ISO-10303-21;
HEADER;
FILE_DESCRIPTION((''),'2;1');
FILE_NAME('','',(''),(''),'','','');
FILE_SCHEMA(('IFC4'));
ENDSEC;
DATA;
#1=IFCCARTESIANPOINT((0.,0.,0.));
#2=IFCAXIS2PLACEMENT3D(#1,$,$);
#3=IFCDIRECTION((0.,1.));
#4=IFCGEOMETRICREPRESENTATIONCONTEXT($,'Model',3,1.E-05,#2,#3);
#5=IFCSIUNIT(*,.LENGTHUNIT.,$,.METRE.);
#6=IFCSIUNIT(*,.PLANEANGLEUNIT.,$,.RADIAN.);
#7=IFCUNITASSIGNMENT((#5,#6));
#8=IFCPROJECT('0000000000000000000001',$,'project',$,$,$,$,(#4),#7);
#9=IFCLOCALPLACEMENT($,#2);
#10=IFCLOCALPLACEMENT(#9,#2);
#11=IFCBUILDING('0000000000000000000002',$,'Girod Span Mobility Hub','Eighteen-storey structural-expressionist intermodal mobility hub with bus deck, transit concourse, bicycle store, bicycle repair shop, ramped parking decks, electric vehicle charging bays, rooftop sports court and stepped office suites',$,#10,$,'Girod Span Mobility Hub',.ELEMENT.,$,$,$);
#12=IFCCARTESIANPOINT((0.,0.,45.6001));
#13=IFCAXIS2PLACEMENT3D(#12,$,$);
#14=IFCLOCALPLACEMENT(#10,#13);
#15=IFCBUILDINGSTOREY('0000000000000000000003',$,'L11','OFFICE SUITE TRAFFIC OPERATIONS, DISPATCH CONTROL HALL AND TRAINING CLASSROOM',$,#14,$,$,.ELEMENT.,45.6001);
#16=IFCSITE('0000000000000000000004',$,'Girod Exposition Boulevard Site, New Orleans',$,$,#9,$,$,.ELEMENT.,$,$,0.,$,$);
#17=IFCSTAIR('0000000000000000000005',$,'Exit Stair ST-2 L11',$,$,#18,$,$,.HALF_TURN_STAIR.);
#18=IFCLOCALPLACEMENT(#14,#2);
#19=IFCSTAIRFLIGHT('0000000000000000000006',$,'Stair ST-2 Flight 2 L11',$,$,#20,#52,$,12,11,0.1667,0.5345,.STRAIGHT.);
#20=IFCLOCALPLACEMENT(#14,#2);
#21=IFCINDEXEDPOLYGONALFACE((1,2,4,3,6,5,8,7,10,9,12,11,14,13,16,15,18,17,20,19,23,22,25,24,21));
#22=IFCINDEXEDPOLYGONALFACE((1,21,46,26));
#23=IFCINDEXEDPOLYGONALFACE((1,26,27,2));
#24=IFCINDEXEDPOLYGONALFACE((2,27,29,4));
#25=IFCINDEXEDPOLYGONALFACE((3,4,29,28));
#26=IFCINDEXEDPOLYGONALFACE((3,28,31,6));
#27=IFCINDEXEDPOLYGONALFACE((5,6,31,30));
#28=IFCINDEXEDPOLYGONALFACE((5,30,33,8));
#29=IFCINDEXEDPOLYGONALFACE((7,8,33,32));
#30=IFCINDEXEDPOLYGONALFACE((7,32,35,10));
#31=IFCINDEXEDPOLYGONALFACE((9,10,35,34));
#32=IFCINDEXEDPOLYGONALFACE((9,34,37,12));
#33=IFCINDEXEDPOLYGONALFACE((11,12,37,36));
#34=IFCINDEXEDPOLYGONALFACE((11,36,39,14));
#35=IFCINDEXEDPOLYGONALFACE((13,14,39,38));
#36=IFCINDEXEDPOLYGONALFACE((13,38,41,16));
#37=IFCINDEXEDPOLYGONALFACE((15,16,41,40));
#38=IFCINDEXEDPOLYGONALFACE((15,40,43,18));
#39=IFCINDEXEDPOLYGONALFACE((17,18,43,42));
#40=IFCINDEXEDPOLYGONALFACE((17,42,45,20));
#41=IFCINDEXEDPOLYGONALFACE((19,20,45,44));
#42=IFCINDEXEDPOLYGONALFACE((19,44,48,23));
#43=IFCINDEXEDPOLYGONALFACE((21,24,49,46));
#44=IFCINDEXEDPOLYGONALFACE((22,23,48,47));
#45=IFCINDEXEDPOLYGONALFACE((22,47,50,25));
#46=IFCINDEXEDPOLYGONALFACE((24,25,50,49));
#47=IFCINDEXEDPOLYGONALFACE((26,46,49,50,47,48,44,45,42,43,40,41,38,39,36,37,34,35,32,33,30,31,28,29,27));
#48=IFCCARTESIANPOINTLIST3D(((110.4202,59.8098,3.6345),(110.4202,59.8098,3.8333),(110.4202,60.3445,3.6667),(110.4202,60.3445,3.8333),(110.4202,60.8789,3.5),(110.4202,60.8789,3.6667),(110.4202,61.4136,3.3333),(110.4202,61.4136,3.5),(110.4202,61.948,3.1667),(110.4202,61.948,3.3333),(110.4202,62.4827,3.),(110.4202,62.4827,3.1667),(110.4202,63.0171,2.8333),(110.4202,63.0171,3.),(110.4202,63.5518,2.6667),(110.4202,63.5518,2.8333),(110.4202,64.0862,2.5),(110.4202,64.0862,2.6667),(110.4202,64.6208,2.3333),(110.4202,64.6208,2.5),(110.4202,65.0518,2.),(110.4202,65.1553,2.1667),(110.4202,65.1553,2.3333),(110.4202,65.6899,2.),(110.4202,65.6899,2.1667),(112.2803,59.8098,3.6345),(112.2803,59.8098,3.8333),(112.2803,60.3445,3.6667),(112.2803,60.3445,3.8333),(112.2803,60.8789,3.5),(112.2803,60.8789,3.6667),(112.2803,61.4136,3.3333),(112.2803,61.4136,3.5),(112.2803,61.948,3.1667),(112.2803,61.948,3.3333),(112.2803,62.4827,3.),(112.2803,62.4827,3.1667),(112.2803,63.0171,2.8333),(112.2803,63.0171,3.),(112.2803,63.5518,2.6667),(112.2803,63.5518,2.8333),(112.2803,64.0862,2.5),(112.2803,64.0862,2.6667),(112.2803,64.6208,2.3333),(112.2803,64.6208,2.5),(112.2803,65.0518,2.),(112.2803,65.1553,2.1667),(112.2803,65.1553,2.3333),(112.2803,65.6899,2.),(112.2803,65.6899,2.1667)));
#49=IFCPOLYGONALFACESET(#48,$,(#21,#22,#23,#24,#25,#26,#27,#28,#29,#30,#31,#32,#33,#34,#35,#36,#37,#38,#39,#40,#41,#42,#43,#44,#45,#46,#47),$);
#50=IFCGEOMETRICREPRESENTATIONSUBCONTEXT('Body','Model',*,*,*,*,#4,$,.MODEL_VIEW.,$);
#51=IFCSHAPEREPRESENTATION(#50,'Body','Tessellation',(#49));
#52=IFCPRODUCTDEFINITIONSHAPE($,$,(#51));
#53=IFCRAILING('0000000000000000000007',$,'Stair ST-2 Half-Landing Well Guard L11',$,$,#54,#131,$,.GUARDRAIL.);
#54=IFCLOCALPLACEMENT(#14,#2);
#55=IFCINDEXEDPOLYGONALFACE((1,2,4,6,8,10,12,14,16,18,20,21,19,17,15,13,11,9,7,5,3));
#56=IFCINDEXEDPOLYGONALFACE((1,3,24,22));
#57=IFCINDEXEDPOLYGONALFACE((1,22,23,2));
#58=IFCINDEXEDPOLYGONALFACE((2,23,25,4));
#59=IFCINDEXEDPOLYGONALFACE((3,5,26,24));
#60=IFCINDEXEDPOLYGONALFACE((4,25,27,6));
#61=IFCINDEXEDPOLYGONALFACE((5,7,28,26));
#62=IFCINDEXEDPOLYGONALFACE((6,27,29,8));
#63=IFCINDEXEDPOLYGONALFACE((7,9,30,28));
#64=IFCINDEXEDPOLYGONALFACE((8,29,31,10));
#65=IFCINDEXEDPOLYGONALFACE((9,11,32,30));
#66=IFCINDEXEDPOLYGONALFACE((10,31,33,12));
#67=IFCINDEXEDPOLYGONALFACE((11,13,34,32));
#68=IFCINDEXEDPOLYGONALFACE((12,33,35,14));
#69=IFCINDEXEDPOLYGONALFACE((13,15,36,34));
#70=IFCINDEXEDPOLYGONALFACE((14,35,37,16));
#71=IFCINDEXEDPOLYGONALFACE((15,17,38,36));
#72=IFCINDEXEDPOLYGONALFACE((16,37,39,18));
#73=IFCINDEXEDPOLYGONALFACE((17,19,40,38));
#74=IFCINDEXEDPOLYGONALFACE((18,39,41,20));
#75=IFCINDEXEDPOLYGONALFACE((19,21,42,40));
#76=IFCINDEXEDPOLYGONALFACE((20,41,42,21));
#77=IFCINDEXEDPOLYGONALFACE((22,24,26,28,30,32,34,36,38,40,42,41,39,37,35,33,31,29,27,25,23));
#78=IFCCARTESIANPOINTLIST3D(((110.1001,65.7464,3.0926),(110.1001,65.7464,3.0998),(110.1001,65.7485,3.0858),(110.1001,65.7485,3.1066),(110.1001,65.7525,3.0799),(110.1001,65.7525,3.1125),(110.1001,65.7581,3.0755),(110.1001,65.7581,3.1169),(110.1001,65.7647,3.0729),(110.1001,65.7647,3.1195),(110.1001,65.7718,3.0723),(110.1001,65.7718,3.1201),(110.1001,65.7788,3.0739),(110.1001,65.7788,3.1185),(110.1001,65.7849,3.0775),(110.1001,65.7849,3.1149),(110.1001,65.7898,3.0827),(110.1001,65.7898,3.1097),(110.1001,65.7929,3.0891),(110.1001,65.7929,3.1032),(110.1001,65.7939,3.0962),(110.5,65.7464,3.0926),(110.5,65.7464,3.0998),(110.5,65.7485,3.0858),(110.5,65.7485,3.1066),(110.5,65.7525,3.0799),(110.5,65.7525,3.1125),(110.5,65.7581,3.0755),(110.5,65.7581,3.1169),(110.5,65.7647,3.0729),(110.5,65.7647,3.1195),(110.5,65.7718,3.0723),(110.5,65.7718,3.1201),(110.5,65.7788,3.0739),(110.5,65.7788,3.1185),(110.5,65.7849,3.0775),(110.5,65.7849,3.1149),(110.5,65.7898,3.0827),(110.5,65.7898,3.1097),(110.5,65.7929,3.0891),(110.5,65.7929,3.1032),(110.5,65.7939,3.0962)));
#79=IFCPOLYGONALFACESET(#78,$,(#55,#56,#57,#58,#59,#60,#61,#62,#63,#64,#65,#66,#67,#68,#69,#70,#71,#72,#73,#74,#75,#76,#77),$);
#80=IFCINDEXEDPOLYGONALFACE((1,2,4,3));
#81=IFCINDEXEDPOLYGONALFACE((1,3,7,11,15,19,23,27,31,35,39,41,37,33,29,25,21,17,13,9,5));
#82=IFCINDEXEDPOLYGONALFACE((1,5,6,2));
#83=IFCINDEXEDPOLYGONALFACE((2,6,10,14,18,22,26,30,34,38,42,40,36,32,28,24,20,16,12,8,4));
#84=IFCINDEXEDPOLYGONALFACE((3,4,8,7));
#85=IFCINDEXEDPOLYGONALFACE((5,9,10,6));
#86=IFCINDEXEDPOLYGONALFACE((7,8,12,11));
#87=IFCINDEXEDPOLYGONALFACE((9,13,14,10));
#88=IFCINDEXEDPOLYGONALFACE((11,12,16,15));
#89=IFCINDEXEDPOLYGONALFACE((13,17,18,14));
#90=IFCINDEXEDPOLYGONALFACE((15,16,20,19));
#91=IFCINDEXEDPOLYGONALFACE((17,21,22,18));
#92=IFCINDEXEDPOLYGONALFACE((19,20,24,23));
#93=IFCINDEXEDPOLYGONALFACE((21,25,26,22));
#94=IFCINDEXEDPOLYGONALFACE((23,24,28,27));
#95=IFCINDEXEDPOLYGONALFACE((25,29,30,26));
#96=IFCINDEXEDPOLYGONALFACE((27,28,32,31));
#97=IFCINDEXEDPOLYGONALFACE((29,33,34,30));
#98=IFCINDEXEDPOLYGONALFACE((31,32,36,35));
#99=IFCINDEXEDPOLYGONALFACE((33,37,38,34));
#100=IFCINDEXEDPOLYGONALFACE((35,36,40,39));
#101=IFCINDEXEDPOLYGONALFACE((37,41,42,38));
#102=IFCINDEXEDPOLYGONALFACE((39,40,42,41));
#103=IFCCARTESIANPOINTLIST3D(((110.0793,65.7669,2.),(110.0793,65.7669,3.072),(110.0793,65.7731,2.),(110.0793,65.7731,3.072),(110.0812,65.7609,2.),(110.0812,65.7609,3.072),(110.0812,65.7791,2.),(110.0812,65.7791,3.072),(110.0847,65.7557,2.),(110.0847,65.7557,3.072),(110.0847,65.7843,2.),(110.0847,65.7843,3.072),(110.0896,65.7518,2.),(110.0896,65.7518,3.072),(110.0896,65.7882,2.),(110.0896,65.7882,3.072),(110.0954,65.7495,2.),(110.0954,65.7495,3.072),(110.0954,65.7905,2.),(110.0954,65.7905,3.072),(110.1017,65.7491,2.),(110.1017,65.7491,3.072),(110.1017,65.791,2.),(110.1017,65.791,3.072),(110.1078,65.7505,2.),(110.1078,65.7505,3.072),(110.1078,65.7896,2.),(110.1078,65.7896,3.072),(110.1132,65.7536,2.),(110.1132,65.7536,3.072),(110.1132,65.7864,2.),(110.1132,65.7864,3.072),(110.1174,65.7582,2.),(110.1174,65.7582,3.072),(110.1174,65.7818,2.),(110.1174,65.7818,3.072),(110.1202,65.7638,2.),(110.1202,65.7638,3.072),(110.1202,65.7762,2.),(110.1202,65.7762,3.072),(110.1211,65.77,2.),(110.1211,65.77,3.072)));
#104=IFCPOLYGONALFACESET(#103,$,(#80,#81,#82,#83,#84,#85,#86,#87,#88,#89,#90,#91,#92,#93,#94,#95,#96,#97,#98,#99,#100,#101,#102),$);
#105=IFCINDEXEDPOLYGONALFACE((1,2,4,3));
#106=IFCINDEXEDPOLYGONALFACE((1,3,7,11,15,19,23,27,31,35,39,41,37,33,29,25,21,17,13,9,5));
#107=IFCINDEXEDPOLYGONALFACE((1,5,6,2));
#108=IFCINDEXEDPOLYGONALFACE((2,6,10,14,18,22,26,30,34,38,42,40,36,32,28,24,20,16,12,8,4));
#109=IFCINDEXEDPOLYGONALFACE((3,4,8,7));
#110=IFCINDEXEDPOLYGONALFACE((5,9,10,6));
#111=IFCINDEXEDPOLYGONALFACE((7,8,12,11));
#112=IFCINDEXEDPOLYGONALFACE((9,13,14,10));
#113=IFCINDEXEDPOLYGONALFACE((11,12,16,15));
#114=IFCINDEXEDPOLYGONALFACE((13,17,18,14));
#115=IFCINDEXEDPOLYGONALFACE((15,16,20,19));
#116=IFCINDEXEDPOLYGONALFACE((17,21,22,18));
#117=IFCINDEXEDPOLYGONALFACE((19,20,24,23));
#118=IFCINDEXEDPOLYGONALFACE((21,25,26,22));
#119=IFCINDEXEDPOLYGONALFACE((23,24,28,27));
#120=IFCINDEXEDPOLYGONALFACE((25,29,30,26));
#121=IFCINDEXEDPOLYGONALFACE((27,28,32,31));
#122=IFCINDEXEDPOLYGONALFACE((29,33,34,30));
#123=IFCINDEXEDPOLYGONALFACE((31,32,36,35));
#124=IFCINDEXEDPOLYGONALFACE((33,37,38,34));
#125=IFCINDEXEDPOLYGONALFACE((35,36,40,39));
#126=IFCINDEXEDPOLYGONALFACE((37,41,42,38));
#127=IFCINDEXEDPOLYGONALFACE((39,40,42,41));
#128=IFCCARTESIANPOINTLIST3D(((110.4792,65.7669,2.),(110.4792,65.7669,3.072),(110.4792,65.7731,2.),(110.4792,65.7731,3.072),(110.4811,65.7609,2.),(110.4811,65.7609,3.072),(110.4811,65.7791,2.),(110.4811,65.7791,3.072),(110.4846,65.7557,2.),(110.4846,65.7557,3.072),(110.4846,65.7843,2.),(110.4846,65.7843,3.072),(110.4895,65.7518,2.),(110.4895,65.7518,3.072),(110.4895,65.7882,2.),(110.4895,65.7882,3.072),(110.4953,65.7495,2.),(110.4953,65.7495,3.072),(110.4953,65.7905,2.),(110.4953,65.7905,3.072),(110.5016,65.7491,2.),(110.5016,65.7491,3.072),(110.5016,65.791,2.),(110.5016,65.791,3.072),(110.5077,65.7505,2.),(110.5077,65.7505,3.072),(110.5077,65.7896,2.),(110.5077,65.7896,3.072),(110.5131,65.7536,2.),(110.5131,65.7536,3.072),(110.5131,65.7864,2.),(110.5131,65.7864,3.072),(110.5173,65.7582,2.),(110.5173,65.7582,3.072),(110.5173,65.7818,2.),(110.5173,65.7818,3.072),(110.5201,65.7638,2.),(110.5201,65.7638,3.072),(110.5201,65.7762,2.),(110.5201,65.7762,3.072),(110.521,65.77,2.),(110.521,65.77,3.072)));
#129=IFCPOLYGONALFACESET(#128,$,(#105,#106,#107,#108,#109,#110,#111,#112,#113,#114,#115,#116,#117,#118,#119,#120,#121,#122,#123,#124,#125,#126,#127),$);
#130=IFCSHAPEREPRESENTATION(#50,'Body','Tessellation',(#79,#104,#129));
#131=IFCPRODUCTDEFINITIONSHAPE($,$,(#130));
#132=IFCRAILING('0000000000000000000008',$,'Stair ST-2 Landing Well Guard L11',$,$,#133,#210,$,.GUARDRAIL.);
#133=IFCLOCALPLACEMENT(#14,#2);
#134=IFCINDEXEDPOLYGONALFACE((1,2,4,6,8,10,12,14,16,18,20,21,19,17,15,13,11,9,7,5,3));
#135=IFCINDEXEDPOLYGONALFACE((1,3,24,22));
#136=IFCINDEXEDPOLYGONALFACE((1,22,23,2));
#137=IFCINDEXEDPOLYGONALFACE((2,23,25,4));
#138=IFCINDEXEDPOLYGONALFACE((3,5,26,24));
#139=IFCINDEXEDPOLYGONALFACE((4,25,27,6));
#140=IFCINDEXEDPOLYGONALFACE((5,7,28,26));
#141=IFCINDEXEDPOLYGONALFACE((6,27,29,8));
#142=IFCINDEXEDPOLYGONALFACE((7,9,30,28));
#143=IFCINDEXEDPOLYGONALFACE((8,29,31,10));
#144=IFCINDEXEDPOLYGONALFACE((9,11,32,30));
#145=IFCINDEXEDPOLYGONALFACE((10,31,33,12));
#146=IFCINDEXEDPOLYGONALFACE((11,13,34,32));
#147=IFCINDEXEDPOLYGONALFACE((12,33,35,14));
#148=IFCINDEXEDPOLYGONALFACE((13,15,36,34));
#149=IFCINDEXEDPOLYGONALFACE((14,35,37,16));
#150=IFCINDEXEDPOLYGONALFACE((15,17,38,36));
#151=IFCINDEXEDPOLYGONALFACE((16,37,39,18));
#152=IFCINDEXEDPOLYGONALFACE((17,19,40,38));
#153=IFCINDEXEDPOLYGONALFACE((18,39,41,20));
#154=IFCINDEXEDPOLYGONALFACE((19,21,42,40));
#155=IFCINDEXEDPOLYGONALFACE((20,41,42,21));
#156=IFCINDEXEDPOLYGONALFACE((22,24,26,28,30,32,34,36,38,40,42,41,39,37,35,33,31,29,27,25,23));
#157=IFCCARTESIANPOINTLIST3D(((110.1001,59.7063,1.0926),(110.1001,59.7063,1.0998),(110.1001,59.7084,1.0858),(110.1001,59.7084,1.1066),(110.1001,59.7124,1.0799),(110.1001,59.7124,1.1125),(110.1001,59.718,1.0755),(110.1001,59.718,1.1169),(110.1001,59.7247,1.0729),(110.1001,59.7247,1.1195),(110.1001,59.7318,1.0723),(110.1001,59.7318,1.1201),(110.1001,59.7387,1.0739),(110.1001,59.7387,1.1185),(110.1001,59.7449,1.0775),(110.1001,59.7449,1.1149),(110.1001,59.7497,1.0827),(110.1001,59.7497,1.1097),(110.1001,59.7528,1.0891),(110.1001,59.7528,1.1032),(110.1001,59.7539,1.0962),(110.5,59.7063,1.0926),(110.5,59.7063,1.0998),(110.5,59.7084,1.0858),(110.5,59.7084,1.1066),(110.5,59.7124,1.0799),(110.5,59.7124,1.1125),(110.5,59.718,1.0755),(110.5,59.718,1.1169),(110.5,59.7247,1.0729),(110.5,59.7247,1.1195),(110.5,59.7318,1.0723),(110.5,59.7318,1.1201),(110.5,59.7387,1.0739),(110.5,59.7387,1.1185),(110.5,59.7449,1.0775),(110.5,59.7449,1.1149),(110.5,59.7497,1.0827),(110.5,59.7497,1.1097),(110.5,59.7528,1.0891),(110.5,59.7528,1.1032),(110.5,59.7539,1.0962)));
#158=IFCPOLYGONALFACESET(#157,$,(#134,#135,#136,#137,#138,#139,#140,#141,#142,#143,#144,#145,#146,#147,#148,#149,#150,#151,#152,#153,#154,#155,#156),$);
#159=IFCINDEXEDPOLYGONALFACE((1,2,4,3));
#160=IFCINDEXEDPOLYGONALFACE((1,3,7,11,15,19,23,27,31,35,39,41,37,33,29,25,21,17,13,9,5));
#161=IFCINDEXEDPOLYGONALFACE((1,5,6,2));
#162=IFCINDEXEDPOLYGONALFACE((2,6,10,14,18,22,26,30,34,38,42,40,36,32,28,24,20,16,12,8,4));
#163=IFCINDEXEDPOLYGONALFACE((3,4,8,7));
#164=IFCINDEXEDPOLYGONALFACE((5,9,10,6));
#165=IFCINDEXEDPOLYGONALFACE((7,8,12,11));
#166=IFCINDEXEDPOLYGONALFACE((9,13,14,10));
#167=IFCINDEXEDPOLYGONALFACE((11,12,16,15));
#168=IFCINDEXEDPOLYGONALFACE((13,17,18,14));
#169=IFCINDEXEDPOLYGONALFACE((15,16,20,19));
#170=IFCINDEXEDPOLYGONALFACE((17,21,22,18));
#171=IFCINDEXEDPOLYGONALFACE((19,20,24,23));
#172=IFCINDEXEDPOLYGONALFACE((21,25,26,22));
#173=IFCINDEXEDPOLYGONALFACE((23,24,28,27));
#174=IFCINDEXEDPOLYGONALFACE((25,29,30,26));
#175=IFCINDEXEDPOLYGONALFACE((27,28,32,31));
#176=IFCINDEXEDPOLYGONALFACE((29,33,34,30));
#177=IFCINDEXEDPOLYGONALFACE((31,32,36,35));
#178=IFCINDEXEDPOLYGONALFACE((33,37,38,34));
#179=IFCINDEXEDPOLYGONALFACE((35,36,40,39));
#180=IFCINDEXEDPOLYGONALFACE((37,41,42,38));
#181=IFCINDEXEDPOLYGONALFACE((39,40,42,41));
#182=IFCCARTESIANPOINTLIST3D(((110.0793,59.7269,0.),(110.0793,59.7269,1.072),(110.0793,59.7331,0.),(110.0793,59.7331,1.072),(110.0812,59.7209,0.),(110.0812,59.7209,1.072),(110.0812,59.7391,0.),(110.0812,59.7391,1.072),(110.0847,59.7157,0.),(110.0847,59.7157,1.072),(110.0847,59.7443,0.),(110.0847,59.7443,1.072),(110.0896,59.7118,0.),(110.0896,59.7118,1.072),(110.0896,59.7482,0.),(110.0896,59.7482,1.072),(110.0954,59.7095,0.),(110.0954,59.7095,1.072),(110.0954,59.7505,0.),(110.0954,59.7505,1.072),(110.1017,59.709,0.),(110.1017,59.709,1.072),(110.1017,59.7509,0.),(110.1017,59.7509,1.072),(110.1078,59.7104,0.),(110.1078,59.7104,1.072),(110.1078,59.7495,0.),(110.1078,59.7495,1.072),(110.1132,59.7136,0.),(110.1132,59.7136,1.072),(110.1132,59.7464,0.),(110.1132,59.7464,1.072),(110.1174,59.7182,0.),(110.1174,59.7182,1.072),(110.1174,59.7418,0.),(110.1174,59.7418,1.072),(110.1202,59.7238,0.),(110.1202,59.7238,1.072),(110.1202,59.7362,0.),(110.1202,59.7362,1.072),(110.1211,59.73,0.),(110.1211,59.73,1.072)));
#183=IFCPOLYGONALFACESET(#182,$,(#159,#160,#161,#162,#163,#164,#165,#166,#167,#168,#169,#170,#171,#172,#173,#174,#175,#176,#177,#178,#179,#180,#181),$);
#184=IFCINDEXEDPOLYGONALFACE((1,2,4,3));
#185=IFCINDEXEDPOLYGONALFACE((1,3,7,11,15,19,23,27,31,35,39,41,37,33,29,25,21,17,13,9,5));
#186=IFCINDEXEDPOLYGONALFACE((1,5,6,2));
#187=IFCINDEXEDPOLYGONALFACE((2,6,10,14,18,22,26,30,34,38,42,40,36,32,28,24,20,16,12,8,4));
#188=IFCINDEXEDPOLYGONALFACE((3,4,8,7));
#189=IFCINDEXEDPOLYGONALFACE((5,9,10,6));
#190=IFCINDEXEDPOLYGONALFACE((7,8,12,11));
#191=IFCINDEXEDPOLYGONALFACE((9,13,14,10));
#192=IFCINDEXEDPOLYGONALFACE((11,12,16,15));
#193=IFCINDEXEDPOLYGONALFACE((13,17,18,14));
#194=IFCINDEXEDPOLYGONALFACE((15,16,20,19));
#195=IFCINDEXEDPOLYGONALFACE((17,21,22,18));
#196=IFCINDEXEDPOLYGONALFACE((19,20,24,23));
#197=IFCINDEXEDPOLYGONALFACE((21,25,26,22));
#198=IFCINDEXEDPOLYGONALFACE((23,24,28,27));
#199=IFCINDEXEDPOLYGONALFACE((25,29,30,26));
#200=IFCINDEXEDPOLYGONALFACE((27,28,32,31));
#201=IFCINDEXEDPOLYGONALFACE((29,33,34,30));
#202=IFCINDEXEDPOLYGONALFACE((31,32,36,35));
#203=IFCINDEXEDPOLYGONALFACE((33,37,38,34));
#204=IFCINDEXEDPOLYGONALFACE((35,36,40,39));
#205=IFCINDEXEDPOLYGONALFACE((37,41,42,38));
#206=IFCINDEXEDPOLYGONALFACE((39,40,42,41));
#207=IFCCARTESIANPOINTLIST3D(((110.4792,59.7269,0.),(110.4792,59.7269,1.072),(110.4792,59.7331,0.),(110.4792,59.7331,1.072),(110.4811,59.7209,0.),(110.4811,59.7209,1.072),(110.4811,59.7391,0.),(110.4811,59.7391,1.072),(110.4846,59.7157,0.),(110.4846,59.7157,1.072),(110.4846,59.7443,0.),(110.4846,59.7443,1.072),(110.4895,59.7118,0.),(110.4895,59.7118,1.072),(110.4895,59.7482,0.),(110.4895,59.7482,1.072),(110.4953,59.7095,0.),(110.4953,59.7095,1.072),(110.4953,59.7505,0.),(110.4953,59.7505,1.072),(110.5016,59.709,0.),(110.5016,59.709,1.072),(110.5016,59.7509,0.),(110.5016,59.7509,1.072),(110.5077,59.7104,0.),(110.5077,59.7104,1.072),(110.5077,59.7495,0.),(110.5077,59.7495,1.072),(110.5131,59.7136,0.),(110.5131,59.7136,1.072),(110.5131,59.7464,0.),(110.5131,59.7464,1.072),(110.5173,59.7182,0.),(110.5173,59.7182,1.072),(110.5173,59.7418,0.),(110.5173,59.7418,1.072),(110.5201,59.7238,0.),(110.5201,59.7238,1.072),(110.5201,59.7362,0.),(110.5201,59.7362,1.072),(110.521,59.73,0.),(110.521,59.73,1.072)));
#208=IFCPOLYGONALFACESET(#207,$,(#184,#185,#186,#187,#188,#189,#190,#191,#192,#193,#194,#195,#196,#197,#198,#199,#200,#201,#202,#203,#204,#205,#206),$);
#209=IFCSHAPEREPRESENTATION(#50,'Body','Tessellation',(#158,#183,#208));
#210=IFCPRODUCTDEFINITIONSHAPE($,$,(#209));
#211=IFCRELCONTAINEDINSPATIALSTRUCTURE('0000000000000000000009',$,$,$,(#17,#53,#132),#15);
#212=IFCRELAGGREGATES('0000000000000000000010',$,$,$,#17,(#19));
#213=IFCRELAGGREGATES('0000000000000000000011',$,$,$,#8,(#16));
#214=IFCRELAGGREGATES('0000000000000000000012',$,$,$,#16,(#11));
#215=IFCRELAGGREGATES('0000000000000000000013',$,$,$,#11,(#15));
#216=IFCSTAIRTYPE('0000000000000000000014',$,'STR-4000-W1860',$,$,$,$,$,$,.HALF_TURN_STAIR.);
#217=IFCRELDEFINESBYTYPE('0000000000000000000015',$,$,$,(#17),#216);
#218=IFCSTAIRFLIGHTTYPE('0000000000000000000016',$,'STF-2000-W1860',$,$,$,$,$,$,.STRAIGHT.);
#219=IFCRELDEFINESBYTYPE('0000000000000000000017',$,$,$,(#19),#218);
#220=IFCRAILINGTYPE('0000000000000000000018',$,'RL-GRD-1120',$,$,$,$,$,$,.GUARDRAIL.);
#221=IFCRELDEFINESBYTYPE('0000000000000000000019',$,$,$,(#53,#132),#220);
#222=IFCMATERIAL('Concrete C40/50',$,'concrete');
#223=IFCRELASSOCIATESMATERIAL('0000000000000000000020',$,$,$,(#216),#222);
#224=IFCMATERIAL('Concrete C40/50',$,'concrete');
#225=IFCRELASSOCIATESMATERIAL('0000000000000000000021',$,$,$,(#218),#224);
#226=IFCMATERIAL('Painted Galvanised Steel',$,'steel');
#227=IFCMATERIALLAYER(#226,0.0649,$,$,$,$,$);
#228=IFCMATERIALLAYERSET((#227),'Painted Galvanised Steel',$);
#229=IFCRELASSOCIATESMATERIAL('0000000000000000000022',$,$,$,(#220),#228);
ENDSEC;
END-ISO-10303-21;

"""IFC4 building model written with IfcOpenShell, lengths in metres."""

from ifc_helpers import new_model, si_unit, direction, frame, origin, origin_2d, place, context, subcontext, project, spatial, polyline, circle, outline, extrude, material, layer, layer_set, type_object, element, aggregate, save


model = new_model("IFC4")

# Units and contexts
model_context = context("Model", 3, precision=1e-05, world=origin(), true_north=direction((0.0, 1.0)))
body_context = subcontext(model_context, "Body", "Model", "MODEL_VIEW")
ifc_project = project(units=[si_unit("LENGTHUNIT", "METRE"), si_unit("PLANEANGLEUNIT", "RADIAN")], contexts=[model_context])

# Site, building, storey
site_placement = place(None, origin())
site = spatial("IfcSite", under=ifc_project, at=site_placement, Name="Girod Exposition Boulevard Site, New Orleans", CompositionType="ELEMENT", RefElevation=0.0)
building_placement = place(site_placement, origin())
building = spatial("IfcBuilding", under=site, at=building_placement, Name="Girod Span Mobility Hub", Description="Eighteen-storey structural-expressionist intermodal mobility hub with bus deck, transit concourse, bicycle store, bicycle repair shop, ramped parking decks, electric vehicle charging bays, rooftop sports court and stepped office suites", LongName="Girod Span Mobility Hub", CompositionType="ELEMENT")
storey_placement = place(building_placement, frame((0.0, 0.0, 45.6001)))
storey = spatial("IfcBuildingStorey", under=building, at=storey_placement, Name="L11", Description="OFFICE SUITE TRAFFIC OPERATIONS, DISPATCH CONTROL HALL AND TRAINING CLASSROOM", CompositionType="ELEMENT", Elevation=45.6001)

# Stair, stair flight
ifc_material_1 = material(Name="Concrete C40/50", Category="concrete")
stair_type = type_object("IfcStairType", Name="STR-4000-W1860", PredefinedType="HALF_TURN_STAIR", material=ifc_material_1)
stair_placement = place(storey_placement, origin())
stair = element("IfcStair", 1, at=stair_placement, inside=storey, type_object=stair_type, Name="Exit Stair ST-2 L11", PredefinedType="HALF_TURN_STAIR")
ifc_material_2 = material(Name="Concrete C40/50", Category="concrete")
stair_flight_type = type_object("IfcStairFlightType", Name="STF-2000-W1860", PredefinedType="STRAIGHT", material=ifc_material_2)
stair_flight_1_placement = place(storey_placement, frame((111.3501, 65.6899, 2.0), z_axis=(0.0, 0.0, 1.0), x_axis=(0.0, -1.0, 0.0)))
stair_flight_1 = element("IfcStairFlight", 2, at=stair_flight_1_placement, type_object=stair_flight_type, Name="Stair ST-2 Flight 2 L11", NumberOfRisers=12, NumberOfTreads=11, PredefinedType="STRAIGHT", RiserHeight=0.1667, TreadLength=0.5345, context=body_context, shape_type="SweptSolid", body=[
    extrude(outline(polyline([(0.0, 0.0), (0.0, 0.1667), (0.5347, 0.1667), (0.5347, 0.3333), (1.0691, 0.3333), (1.0691, 0.5), (1.6038, 0.5), (1.6038, 0.6667), (2.1382, 0.6667), (2.1382, 0.8333), (2.6729, 0.8333), (2.6729, 1.0), (3.2073, 1.0), (3.2073, 1.1667), (3.7419, 1.1667), (3.7419, 1.3333), (4.2764, 1.3333), (4.2764, 1.5), (4.811, 1.5), (4.811, 1.6667), (5.3455, 1.6667), (5.3455, 1.8333), (5.8801, 1.8333), (5.8801, 2.0), (5.8801, 1.6345), (0.6382, 0.0), (0.0, 0.0)])), frame((0.0, 0.9302, 0.0), z_axis=(0.0, -1.0, 0.0), x_axis=(1.0, 0.0, 0.0)), (0.0, 0.0, 1.0), 1.8601),
])
aggregate(stair, [stair_flight_1])

# Railings
ifc_material_3 = material(Name="Painted Galvanised Steel", Category="steel")
ifc_layer_1 = layer(ifc_material_3, 0.0649)
ifc_layer_set_1 = layer_set([ifc_layer_1], Name="Painted Galvanised Steel")
railing_type_1 = type_object("IfcRailingType", Name="RL-GRD-1120", PredefinedType="GUARDRAIL", material=ifc_layer_set_1)
for number, where, name in (
    (3, (110.1001, 65.77, 2.0), "Stair ST-2 Half-Landing Well Guard L11"),
    (4, (110.1001, 59.73, 0.0), "Stair ST-2 Landing Well Guard L11"),
):
    element("IfcRailing", number, at=place(storey_placement, frame(where)), inside=storey, type_object=railing_type_1, Name=name, PredefinedType="GUARDRAIL", context=body_context, shape_type="SweptSolid", body=[
        extrude(circle(Radius=0.0239, at=origin_2d()), frame((0.0, 0.0, 1.0962), z_axis=(1.0, 0.0, 0.0), x_axis=(0.0, 1.0, 0.0)), (0.0, 0.0, 1.0), 0.3999),
        extrude(circle(Radius=0.021, at=origin_2d()), origin(), (0.0, 0.0, 1.0), 1.072),
        extrude(circle(Radius=0.021, at=origin_2d()), frame((0.3999, 0.0, 0.0)), (0.0, 0.0, 1.0), 1.072),
    ])

save(model, "model.ifc")
